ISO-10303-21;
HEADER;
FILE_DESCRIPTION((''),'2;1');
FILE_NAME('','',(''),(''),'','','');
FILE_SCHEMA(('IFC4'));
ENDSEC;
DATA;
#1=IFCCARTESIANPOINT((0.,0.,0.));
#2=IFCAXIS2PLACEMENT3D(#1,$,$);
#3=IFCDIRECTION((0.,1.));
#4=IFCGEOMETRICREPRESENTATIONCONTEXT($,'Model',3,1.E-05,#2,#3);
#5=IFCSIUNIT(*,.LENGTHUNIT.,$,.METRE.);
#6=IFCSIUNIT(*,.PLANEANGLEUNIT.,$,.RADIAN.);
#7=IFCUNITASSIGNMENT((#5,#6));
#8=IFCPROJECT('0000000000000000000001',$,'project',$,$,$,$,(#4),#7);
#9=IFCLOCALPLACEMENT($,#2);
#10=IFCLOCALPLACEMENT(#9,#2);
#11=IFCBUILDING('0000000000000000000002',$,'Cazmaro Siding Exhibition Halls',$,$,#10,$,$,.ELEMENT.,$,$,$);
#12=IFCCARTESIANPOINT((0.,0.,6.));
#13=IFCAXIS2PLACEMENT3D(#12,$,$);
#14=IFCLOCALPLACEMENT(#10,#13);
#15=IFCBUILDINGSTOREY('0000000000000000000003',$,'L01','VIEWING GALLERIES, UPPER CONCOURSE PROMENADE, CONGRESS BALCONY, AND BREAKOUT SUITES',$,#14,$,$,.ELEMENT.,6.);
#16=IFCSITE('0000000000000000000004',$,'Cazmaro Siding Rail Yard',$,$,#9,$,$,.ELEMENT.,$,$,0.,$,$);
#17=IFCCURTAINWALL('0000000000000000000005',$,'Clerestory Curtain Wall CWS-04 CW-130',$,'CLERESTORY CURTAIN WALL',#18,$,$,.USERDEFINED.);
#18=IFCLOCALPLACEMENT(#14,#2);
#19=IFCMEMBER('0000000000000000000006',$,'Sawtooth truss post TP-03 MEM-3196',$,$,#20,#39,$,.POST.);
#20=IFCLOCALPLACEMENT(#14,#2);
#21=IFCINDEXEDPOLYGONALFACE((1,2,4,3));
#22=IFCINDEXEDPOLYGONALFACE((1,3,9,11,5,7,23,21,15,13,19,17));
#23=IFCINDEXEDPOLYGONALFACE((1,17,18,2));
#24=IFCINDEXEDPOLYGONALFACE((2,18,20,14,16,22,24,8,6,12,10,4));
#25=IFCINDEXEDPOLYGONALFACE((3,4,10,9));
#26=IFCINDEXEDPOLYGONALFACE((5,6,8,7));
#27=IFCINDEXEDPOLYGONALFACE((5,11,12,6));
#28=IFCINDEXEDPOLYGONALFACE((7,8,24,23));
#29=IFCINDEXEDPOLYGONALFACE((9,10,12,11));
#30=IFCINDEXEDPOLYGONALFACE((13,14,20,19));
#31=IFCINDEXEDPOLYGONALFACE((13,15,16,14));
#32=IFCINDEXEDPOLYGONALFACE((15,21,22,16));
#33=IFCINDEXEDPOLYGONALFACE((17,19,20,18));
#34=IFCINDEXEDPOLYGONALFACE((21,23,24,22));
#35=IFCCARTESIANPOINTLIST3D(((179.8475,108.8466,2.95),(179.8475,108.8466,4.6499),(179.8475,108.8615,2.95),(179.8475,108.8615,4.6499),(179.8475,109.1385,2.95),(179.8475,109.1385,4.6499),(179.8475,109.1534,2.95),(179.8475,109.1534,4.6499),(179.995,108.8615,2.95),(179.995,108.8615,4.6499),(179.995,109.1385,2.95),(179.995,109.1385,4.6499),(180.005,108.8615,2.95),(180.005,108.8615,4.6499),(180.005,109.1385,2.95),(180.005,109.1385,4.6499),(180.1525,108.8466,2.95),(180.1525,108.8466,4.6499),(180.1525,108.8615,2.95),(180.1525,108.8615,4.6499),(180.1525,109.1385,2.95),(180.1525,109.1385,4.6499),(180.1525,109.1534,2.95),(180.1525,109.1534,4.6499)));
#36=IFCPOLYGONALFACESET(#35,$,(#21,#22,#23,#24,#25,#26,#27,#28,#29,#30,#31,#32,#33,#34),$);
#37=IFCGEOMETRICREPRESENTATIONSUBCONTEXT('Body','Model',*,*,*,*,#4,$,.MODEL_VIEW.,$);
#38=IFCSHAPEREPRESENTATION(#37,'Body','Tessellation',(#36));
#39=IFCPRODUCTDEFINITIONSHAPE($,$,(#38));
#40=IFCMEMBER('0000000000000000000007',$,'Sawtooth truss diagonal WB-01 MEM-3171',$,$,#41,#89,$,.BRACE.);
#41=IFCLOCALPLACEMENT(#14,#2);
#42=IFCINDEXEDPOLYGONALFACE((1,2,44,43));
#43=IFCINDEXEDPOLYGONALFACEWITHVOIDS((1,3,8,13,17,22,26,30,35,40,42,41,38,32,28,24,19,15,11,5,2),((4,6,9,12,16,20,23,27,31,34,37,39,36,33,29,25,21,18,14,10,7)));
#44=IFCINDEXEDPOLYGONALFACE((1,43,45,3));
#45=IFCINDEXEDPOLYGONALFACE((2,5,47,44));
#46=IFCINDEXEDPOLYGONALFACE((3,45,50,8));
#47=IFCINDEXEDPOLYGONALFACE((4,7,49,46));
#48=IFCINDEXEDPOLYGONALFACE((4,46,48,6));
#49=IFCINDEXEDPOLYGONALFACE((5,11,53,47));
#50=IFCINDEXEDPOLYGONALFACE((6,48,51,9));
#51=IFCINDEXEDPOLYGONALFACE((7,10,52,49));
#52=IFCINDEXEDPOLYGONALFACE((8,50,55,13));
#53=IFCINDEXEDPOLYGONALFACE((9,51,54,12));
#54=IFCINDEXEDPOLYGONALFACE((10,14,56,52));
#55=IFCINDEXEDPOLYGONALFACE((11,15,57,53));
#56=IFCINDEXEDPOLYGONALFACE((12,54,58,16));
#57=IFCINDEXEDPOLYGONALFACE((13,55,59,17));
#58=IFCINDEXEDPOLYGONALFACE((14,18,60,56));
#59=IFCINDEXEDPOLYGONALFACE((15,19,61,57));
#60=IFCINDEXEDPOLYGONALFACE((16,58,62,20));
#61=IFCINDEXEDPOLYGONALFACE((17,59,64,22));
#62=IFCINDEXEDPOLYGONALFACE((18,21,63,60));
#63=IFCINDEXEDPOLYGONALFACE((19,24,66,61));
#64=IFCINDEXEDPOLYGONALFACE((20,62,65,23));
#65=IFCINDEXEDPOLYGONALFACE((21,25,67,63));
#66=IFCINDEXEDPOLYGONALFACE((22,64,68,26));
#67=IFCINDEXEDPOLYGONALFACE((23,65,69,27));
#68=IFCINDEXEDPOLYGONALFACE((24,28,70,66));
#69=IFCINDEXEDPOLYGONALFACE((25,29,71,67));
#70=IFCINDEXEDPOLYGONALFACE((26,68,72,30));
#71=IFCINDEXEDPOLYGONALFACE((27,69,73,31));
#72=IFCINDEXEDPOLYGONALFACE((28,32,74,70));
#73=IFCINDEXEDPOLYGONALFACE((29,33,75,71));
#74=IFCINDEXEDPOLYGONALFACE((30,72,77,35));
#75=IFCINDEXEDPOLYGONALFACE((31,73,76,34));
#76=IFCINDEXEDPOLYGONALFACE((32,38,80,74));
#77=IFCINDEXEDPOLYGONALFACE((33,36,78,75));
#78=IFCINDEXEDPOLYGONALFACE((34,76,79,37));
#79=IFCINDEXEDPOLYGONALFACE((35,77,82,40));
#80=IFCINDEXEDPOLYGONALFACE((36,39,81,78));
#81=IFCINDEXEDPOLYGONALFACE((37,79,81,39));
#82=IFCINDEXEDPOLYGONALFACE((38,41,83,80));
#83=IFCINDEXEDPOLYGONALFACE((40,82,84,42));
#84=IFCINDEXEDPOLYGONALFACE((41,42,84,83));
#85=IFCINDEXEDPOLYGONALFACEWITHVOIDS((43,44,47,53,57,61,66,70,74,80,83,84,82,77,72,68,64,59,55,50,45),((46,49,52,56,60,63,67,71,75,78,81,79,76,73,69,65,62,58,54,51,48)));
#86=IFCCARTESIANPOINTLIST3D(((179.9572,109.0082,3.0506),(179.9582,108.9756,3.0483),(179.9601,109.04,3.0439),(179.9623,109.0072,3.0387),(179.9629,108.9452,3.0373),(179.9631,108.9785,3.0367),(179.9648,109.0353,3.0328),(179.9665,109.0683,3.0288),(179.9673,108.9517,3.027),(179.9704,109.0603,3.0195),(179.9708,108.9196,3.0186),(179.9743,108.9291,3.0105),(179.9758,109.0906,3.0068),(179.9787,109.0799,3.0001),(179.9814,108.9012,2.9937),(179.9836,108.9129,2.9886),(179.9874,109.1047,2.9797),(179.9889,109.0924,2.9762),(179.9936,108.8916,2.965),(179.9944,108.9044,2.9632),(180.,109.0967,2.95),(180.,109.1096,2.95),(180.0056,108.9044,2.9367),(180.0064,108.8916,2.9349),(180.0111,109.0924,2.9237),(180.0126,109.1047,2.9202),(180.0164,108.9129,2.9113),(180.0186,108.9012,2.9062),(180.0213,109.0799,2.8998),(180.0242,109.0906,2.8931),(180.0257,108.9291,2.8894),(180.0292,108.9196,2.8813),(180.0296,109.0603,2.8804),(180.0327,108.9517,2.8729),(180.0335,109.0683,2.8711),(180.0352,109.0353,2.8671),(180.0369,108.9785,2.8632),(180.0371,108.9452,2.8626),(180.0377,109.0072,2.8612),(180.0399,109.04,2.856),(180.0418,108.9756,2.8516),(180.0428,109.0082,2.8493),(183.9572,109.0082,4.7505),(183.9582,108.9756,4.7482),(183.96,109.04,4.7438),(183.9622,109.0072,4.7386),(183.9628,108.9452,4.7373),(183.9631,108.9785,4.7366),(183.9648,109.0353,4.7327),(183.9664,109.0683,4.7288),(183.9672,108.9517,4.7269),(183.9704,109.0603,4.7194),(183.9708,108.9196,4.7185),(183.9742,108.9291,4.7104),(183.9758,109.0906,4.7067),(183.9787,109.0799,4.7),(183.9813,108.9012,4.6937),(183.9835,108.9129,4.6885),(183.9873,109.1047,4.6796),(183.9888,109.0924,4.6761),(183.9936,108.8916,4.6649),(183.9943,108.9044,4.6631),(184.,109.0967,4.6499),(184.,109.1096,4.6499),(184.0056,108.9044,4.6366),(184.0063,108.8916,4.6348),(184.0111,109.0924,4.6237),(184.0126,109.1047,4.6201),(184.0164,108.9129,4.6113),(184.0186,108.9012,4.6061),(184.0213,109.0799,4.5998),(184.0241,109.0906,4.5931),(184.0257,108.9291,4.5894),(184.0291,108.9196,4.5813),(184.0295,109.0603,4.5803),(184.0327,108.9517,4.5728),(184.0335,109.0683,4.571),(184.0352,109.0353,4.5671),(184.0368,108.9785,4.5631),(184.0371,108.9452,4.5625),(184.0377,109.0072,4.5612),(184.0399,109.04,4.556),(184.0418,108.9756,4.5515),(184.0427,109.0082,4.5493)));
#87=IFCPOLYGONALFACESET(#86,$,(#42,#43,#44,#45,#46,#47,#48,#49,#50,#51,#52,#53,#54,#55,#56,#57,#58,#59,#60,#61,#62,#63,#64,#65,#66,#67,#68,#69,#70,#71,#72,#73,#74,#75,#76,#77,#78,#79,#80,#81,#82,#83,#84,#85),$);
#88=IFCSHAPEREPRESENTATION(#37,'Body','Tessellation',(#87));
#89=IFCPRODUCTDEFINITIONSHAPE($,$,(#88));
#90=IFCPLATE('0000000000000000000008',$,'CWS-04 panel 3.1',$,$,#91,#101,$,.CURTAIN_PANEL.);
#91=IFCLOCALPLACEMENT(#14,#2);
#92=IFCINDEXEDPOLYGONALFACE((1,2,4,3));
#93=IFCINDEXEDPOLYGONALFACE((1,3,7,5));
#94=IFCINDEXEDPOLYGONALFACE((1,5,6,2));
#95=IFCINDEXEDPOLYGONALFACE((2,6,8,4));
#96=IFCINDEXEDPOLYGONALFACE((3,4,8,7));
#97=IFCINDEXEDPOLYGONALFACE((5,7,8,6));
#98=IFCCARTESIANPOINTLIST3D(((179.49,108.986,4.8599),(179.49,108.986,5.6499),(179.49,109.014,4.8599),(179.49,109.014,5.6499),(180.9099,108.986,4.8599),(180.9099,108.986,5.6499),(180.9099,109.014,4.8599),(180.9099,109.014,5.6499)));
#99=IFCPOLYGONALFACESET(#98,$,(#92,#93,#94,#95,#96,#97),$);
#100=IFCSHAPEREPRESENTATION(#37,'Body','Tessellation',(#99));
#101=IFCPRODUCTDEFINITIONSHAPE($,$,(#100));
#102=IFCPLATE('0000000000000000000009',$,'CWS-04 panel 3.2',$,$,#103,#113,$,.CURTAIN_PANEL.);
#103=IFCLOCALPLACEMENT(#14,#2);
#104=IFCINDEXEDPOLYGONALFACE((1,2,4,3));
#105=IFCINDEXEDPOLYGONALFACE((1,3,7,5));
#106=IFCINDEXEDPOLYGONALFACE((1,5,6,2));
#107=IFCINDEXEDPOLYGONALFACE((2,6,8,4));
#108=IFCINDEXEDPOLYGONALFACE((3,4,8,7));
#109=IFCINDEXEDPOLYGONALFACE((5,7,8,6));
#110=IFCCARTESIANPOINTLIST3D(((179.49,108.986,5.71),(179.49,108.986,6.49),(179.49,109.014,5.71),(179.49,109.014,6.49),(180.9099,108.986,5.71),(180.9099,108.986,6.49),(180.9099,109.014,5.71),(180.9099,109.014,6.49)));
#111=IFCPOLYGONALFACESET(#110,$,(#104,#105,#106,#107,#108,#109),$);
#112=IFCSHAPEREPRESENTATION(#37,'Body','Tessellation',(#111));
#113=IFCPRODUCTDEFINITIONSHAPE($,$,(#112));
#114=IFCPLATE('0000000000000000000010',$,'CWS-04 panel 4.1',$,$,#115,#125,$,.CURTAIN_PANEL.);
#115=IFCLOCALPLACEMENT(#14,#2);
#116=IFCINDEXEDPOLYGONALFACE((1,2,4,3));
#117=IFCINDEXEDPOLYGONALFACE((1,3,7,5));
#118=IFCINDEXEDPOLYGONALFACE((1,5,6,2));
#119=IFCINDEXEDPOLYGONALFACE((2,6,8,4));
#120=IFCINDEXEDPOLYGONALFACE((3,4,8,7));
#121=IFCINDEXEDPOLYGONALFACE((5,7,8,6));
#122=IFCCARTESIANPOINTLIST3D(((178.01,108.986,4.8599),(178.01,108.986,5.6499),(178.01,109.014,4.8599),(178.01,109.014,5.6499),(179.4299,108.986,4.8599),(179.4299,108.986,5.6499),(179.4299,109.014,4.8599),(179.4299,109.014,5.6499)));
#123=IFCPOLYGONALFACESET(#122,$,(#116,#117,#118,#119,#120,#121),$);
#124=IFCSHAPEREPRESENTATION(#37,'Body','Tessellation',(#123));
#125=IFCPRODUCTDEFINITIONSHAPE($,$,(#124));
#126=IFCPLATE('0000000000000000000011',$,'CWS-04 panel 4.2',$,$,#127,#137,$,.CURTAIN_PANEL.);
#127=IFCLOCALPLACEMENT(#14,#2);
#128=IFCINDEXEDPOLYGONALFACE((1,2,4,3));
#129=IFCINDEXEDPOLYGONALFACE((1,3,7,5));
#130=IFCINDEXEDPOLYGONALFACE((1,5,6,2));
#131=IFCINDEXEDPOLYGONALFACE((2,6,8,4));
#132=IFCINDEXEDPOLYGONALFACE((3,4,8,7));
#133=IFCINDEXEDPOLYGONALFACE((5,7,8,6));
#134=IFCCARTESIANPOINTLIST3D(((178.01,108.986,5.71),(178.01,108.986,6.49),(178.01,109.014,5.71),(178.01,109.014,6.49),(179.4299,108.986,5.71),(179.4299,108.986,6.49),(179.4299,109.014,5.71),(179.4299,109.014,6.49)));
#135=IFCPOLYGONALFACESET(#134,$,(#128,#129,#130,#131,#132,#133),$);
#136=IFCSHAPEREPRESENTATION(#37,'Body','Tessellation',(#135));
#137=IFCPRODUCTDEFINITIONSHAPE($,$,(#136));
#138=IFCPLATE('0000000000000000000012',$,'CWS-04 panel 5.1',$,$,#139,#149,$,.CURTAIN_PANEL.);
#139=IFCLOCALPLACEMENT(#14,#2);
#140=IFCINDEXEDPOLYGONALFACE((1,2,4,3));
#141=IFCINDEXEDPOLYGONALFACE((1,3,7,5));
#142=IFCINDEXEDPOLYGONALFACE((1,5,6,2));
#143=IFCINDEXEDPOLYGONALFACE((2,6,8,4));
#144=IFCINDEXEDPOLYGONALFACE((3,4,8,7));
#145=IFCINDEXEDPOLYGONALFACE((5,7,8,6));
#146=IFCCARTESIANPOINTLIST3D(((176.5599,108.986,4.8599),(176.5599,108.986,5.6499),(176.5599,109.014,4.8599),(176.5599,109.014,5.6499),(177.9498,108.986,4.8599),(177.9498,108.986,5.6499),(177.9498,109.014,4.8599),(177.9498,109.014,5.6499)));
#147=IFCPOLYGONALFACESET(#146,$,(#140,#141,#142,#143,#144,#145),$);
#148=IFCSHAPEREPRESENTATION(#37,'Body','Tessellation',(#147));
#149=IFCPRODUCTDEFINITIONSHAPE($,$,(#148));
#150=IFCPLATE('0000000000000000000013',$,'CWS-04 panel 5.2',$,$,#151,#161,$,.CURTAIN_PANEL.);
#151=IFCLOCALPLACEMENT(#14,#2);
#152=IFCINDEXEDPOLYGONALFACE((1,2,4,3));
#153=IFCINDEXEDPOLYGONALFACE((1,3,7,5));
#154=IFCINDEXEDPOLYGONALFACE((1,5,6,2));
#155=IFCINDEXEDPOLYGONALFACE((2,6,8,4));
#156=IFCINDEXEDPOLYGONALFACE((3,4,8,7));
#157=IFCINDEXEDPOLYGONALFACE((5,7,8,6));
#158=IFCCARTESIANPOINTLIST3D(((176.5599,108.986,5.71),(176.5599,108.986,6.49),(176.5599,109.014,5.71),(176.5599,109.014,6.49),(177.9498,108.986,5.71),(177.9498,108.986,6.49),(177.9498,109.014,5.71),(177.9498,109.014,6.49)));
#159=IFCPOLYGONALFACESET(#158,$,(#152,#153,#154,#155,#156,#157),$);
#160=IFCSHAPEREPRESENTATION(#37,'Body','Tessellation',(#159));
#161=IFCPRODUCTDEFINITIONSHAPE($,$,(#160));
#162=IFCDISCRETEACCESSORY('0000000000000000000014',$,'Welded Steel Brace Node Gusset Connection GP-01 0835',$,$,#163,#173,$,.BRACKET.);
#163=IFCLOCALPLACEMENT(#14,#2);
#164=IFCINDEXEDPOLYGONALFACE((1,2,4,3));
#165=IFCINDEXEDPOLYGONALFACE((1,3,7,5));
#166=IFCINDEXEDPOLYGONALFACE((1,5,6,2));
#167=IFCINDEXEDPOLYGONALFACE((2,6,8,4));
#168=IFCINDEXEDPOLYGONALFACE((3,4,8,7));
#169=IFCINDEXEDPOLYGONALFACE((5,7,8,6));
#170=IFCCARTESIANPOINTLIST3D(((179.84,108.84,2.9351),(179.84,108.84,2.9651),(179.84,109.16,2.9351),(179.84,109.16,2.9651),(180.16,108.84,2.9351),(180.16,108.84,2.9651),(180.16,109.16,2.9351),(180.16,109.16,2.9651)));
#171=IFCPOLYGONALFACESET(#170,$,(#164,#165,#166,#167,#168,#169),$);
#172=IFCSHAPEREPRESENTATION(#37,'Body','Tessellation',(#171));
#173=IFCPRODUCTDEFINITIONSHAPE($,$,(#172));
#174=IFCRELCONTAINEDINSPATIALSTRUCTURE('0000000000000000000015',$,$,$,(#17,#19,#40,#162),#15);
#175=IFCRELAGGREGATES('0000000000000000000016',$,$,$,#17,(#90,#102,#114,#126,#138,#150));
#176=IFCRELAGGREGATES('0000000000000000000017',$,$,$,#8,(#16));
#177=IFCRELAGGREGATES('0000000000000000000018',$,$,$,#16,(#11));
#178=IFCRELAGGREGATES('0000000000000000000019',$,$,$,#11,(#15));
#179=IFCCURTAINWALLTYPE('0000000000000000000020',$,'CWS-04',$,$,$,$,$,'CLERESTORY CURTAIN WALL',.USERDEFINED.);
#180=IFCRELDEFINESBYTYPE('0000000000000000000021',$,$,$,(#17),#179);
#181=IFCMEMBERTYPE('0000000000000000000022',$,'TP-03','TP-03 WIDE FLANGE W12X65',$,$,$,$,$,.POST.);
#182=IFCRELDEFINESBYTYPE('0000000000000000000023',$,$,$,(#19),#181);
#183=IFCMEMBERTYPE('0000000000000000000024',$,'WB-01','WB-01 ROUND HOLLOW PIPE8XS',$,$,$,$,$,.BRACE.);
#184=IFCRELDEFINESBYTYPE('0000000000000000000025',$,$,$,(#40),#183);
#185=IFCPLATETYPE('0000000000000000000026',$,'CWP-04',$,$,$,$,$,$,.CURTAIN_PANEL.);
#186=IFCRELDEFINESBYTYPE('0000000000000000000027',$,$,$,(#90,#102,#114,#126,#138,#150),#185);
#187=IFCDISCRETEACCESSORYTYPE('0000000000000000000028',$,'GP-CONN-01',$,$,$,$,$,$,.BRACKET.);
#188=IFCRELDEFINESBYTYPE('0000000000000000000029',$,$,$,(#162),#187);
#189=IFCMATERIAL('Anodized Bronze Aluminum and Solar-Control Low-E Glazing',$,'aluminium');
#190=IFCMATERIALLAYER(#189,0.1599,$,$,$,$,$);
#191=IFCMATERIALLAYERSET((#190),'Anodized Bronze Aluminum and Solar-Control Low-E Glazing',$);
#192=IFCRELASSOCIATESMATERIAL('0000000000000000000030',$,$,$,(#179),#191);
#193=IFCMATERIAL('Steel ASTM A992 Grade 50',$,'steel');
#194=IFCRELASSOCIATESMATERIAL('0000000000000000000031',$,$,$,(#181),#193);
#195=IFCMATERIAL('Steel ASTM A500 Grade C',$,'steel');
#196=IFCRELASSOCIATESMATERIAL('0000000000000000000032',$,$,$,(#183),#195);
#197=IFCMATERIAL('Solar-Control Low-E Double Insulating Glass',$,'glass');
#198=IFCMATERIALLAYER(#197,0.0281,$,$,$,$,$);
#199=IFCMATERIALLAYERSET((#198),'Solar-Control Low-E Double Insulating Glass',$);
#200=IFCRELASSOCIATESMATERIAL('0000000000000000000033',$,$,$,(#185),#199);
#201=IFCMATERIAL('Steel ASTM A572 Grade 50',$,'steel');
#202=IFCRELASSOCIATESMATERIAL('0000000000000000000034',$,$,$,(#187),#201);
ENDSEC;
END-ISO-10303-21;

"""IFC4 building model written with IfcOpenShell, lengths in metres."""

from ifc_helpers import new_model, si_unit, direction, frame, origin, origin_2d, place, context, subcontext, project, spatial, rectangle, hollow_circle, i_section, extrude, material, layer, layer_set, material_profile, profile_set, type_object, element, aggregate, save


model = new_model("IFC4")

# Units and contexts
model_context = context("Model", 3, precision=1e-05, world=origin(), true_north=direction((0.0, 1.0)))
body_context = subcontext(model_context, "Body", "Model", "MODEL_VIEW")
ifc_project = project(units=[si_unit("LENGTHUNIT", "METRE"), si_unit("PLANEANGLEUNIT", "RADIAN")], contexts=[model_context])

# Site, building, storey
site_placement = place(None, origin())
site = spatial("IfcSite", under=ifc_project, at=site_placement, Name="Cazmaro Siding Rail Yard", CompositionType="ELEMENT", RefElevation=0.0)
building_placement = place(site_placement, origin())
building = spatial("IfcBuilding", under=site, at=building_placement, Name="Cazmaro Siding Exhibition Halls", CompositionType="ELEMENT")
storey_placement = place(building_placement, frame((0.0, 0.0, 6.0)))
storey = spatial("IfcBuildingStorey", under=building, at=storey_placement, Name="L01", Description="VIEWING GALLERIES, UPPER CONCOURSE PROMENADE, CONGRESS BALCONY, AND BREAKOUT SUITES", CompositionType="ELEMENT", Elevation=6.0)

# Curtain wall
ifc_material_1 = material(Name="Anodized Bronze Aluminum and Solar-Control Low-E Glazing", Category="aluminium")
ifc_layer_1 = layer(ifc_material_1, 0.1599)
ifc_layer_set_1 = layer_set([ifc_layer_1], Name="Anodized Bronze Aluminum and Solar-Control Low-E Glazing")
curtain_wall_type = type_object("IfcCurtainWallType", Name="CWS-04", ElementType="CLERESTORY CURTAIN WALL", PredefinedType="USERDEFINED", material=ifc_layer_set_1)
curtain_wall_placement = place(storey_placement, origin())
curtain_wall = element("IfcCurtainWall", 1, at=curtain_wall_placement, inside=storey, type_object=curtain_wall_type, Name="Clerestory Curtain Wall CWS-04 CW-130", ObjectType="CLERESTORY CURTAIN WALL", PredefinedType="USERDEFINED")

# Members
ifc_material_2 = material(Name="Steel ASTM A992 Grade 50", Category="steel")
ifc_material_profile_1 = material_profile(ifc_material_2, i_section(OverallWidth=0.3049, OverallDepth=0.3069, WebThickness=0.01, FlangeThickness=0.0149, at=origin_2d()), Name="W12X65")
ifc_profile_set_1 = profile_set([ifc_material_profile_1], Name="Steel ASTM A992 Grade 50")
member_type_1 = type_object("IfcMemberType", Name="TP-03", Description="TP-03 WIDE FLANGE W12X65", PredefinedType="POST", material=ifc_profile_set_1)
member_1_placement = place(storey_placement, frame((180.0, 109.0, 2.95), z_axis=(0.0, 0.0, 1.0), x_axis=(1.0, 0.0, 0.0)))
element("IfcMember", 2, at=member_1_placement, inside=storey, type_object=member_type_1, Name="Sawtooth truss post TP-03 MEM-3196", PredefinedType="POST", context=body_context, shape_type="SweptSolid", body=[
    extrude(i_section(OverallWidth=0.3049, OverallDepth=0.3069, WebThickness=0.01, FlangeThickness=0.0149, at=origin_2d()), origin(), (0.0, 0.0, 1.0), 1.7),
])
ifc_material_3 = material(Name="Steel ASTM A500 Grade C", Category="steel")
ifc_material_profile_2 = material_profile(ifc_material_3, hollow_circle(Radius=0.1096, WallThickness=0.0129, at=origin_2d()), Name="PIPE8XS")
ifc_profile_set_2 = profile_set([ifc_material_profile_2], Name="Steel ASTM A500 Grade C")
member_type_2 = type_object("IfcMemberType", Name="WB-01", Description="WB-01 ROUND HOLLOW PIPE8XS", PredefinedType="BRACE", material=ifc_profile_set_2)
member_2_placement = place(storey_placement, frame((180.0, 109.0, 2.95), z_axis=(0.920335, 0.0, 0.391131), x_axis=(0.0, 1.0, 0.0)))
element("IfcMember", 3, at=member_2_placement, inside=storey, type_object=member_type_2, Name="Sawtooth truss diagonal WB-01 MEM-3171", PredefinedType="BRACE", context=body_context, shape_type="SweptSolid", body=[
    extrude(hollow_circle(Radius=0.1096, WallThickness=0.0129, at=origin_2d()), origin(), (0.0, 0.0, 1.0), 4.3462),
])

# Plates
ifc_material_4 = material(Name="Solar-Control Low-E Double Insulating Glass", Category="glass")
ifc_layer_2 = layer(ifc_material_4, 0.0281)
ifc_layer_set_2 = layer_set([ifc_layer_2], Name="Solar-Control Low-E Double Insulating Glass")
plate_type = type_object("IfcPlateType", Name="CWP-04", PredefinedType="CURTAIN_PANEL", material=ifc_layer_set_2)
plate_1_placement = place(storey_placement, frame((180.2, 109.0, 4.8599), z_axis=(0.0, 0.0, 1.0), x_axis=(-1.0, 0.0, 0.0)))
plate_1 = element("IfcPlate", 4, at=plate_1_placement, type_object=plate_type, Name="CWS-04 panel 3.1", PredefinedType="CURTAIN_PANEL", context=body_context, shape_type="SweptSolid", body=[
    extrude(rectangle(XDim=1.4199, YDim=0.0281, at=origin_2d()), origin(), (0.0, 0.0, 1.0), 0.79),
])
plate_2_placement = place(storey_placement, frame((180.2, 109.0, 5.71), z_axis=(0.0, 0.0, 1.0), x_axis=(-1.0, 0.0, 0.0)))
plate_2 = element("IfcPlate", 5, at=plate_2_placement, type_object=plate_type, Name="CWS-04 panel 3.2", PredefinedType="CURTAIN_PANEL", context=body_context, shape_type="SweptSolid", body=[
    extrude(rectangle(XDim=1.4199, YDim=0.0281, at=origin_2d()), origin(), (0.0, 0.0, 1.0), 0.78),
])
plate_3_placement = place(storey_placement, frame((178.72, 109.0, 4.8599), z_axis=(0.0, 0.0, 1.0), x_axis=(-1.0, 0.0, 0.0)))
plate_3 = element("IfcPlate", 6, at=plate_3_placement, type_object=plate_type, Name="CWS-04 panel 4.1", PredefinedType="CURTAIN_PANEL", context=body_context, shape_type="SweptSolid", body=[
    extrude(rectangle(XDim=1.4199, YDim=0.0281, at=origin_2d()), origin(), (0.0, 0.0, 1.0), 0.79),
])
plate_4_placement = place(storey_placement, frame((178.72, 109.0, 5.71), z_axis=(0.0, 0.0, 1.0), x_axis=(-1.0, 0.0, 0.0)))
plate_4 = element("IfcPlate", 7, at=plate_4_placement, type_object=plate_type, Name="CWS-04 panel 4.2", PredefinedType="CURTAIN_PANEL", context=body_context, shape_type="SweptSolid", body=[
    extrude(rectangle(XDim=1.4199, YDim=0.0281, at=origin_2d()), origin(), (0.0, 0.0, 1.0), 0.78),
])
plate_5_placement = place(storey_placement, frame((177.2549, 109.0, 4.8599), z_axis=(0.0, 0.0, 1.0), x_axis=(-1.0, 0.0, 0.0)))
plate_5 = element("IfcPlate", 8, at=plate_5_placement, type_object=plate_type, Name="CWS-04 panel 5.1", PredefinedType="CURTAIN_PANEL", context=body_context, shape_type="SweptSolid", body=[
    extrude(rectangle(XDim=1.3899, YDim=0.0281, at=origin_2d()), origin(), (0.0, 0.0, 1.0), 0.79),
])
plate_6_placement = place(storey_placement, frame((177.2549, 109.0, 5.71), z_axis=(0.0, 0.0, 1.0), x_axis=(-1.0, 0.0, 0.0)))
plate_6 = element("IfcPlate", 9, at=plate_6_placement, type_object=plate_type, Name="CWS-04 panel 5.2", PredefinedType="CURTAIN_PANEL", context=body_context, shape_type="SweptSolid", body=[
    extrude(rectangle(XDim=1.3899, YDim=0.0281, at=origin_2d()), origin(), (0.0, 0.0, 1.0), 0.78),
])
aggregate(curtain_wall, [plate_1, plate_2, plate_3, plate_4, plate_5, plate_6])

# Discrete accessory
ifc_material_5 = material(Name="Steel ASTM A572 Grade 50", Category="steel")
discrete_accessory_type = type_object("IfcDiscreteAccessoryType", Name="GP-CONN-01", PredefinedType="BRACKET", material=ifc_material_5)
discrete_accessory_placement = place(storey_placement, frame((180.0, 109.0, 2.9351), z_axis=(0.0, 0.0, 1.0), x_axis=(1.0, 0.0, 0.0)))
element("IfcDiscreteAccessory", 10, at=discrete_accessory_placement, inside=storey, type_object=discrete_accessory_type, Name="Welded Steel Brace Node Gusset Connection GP-01 0835", PredefinedType="BRACKET", context=body_context, shape_type="SweptSolid", body=[
    extrude(rectangle(XDim=0.3201, YDim=0.3201, at=origin_2d()), origin(), (0.0, 0.0, 1.0), 0.03),
])

save(model, "model.ifc")
